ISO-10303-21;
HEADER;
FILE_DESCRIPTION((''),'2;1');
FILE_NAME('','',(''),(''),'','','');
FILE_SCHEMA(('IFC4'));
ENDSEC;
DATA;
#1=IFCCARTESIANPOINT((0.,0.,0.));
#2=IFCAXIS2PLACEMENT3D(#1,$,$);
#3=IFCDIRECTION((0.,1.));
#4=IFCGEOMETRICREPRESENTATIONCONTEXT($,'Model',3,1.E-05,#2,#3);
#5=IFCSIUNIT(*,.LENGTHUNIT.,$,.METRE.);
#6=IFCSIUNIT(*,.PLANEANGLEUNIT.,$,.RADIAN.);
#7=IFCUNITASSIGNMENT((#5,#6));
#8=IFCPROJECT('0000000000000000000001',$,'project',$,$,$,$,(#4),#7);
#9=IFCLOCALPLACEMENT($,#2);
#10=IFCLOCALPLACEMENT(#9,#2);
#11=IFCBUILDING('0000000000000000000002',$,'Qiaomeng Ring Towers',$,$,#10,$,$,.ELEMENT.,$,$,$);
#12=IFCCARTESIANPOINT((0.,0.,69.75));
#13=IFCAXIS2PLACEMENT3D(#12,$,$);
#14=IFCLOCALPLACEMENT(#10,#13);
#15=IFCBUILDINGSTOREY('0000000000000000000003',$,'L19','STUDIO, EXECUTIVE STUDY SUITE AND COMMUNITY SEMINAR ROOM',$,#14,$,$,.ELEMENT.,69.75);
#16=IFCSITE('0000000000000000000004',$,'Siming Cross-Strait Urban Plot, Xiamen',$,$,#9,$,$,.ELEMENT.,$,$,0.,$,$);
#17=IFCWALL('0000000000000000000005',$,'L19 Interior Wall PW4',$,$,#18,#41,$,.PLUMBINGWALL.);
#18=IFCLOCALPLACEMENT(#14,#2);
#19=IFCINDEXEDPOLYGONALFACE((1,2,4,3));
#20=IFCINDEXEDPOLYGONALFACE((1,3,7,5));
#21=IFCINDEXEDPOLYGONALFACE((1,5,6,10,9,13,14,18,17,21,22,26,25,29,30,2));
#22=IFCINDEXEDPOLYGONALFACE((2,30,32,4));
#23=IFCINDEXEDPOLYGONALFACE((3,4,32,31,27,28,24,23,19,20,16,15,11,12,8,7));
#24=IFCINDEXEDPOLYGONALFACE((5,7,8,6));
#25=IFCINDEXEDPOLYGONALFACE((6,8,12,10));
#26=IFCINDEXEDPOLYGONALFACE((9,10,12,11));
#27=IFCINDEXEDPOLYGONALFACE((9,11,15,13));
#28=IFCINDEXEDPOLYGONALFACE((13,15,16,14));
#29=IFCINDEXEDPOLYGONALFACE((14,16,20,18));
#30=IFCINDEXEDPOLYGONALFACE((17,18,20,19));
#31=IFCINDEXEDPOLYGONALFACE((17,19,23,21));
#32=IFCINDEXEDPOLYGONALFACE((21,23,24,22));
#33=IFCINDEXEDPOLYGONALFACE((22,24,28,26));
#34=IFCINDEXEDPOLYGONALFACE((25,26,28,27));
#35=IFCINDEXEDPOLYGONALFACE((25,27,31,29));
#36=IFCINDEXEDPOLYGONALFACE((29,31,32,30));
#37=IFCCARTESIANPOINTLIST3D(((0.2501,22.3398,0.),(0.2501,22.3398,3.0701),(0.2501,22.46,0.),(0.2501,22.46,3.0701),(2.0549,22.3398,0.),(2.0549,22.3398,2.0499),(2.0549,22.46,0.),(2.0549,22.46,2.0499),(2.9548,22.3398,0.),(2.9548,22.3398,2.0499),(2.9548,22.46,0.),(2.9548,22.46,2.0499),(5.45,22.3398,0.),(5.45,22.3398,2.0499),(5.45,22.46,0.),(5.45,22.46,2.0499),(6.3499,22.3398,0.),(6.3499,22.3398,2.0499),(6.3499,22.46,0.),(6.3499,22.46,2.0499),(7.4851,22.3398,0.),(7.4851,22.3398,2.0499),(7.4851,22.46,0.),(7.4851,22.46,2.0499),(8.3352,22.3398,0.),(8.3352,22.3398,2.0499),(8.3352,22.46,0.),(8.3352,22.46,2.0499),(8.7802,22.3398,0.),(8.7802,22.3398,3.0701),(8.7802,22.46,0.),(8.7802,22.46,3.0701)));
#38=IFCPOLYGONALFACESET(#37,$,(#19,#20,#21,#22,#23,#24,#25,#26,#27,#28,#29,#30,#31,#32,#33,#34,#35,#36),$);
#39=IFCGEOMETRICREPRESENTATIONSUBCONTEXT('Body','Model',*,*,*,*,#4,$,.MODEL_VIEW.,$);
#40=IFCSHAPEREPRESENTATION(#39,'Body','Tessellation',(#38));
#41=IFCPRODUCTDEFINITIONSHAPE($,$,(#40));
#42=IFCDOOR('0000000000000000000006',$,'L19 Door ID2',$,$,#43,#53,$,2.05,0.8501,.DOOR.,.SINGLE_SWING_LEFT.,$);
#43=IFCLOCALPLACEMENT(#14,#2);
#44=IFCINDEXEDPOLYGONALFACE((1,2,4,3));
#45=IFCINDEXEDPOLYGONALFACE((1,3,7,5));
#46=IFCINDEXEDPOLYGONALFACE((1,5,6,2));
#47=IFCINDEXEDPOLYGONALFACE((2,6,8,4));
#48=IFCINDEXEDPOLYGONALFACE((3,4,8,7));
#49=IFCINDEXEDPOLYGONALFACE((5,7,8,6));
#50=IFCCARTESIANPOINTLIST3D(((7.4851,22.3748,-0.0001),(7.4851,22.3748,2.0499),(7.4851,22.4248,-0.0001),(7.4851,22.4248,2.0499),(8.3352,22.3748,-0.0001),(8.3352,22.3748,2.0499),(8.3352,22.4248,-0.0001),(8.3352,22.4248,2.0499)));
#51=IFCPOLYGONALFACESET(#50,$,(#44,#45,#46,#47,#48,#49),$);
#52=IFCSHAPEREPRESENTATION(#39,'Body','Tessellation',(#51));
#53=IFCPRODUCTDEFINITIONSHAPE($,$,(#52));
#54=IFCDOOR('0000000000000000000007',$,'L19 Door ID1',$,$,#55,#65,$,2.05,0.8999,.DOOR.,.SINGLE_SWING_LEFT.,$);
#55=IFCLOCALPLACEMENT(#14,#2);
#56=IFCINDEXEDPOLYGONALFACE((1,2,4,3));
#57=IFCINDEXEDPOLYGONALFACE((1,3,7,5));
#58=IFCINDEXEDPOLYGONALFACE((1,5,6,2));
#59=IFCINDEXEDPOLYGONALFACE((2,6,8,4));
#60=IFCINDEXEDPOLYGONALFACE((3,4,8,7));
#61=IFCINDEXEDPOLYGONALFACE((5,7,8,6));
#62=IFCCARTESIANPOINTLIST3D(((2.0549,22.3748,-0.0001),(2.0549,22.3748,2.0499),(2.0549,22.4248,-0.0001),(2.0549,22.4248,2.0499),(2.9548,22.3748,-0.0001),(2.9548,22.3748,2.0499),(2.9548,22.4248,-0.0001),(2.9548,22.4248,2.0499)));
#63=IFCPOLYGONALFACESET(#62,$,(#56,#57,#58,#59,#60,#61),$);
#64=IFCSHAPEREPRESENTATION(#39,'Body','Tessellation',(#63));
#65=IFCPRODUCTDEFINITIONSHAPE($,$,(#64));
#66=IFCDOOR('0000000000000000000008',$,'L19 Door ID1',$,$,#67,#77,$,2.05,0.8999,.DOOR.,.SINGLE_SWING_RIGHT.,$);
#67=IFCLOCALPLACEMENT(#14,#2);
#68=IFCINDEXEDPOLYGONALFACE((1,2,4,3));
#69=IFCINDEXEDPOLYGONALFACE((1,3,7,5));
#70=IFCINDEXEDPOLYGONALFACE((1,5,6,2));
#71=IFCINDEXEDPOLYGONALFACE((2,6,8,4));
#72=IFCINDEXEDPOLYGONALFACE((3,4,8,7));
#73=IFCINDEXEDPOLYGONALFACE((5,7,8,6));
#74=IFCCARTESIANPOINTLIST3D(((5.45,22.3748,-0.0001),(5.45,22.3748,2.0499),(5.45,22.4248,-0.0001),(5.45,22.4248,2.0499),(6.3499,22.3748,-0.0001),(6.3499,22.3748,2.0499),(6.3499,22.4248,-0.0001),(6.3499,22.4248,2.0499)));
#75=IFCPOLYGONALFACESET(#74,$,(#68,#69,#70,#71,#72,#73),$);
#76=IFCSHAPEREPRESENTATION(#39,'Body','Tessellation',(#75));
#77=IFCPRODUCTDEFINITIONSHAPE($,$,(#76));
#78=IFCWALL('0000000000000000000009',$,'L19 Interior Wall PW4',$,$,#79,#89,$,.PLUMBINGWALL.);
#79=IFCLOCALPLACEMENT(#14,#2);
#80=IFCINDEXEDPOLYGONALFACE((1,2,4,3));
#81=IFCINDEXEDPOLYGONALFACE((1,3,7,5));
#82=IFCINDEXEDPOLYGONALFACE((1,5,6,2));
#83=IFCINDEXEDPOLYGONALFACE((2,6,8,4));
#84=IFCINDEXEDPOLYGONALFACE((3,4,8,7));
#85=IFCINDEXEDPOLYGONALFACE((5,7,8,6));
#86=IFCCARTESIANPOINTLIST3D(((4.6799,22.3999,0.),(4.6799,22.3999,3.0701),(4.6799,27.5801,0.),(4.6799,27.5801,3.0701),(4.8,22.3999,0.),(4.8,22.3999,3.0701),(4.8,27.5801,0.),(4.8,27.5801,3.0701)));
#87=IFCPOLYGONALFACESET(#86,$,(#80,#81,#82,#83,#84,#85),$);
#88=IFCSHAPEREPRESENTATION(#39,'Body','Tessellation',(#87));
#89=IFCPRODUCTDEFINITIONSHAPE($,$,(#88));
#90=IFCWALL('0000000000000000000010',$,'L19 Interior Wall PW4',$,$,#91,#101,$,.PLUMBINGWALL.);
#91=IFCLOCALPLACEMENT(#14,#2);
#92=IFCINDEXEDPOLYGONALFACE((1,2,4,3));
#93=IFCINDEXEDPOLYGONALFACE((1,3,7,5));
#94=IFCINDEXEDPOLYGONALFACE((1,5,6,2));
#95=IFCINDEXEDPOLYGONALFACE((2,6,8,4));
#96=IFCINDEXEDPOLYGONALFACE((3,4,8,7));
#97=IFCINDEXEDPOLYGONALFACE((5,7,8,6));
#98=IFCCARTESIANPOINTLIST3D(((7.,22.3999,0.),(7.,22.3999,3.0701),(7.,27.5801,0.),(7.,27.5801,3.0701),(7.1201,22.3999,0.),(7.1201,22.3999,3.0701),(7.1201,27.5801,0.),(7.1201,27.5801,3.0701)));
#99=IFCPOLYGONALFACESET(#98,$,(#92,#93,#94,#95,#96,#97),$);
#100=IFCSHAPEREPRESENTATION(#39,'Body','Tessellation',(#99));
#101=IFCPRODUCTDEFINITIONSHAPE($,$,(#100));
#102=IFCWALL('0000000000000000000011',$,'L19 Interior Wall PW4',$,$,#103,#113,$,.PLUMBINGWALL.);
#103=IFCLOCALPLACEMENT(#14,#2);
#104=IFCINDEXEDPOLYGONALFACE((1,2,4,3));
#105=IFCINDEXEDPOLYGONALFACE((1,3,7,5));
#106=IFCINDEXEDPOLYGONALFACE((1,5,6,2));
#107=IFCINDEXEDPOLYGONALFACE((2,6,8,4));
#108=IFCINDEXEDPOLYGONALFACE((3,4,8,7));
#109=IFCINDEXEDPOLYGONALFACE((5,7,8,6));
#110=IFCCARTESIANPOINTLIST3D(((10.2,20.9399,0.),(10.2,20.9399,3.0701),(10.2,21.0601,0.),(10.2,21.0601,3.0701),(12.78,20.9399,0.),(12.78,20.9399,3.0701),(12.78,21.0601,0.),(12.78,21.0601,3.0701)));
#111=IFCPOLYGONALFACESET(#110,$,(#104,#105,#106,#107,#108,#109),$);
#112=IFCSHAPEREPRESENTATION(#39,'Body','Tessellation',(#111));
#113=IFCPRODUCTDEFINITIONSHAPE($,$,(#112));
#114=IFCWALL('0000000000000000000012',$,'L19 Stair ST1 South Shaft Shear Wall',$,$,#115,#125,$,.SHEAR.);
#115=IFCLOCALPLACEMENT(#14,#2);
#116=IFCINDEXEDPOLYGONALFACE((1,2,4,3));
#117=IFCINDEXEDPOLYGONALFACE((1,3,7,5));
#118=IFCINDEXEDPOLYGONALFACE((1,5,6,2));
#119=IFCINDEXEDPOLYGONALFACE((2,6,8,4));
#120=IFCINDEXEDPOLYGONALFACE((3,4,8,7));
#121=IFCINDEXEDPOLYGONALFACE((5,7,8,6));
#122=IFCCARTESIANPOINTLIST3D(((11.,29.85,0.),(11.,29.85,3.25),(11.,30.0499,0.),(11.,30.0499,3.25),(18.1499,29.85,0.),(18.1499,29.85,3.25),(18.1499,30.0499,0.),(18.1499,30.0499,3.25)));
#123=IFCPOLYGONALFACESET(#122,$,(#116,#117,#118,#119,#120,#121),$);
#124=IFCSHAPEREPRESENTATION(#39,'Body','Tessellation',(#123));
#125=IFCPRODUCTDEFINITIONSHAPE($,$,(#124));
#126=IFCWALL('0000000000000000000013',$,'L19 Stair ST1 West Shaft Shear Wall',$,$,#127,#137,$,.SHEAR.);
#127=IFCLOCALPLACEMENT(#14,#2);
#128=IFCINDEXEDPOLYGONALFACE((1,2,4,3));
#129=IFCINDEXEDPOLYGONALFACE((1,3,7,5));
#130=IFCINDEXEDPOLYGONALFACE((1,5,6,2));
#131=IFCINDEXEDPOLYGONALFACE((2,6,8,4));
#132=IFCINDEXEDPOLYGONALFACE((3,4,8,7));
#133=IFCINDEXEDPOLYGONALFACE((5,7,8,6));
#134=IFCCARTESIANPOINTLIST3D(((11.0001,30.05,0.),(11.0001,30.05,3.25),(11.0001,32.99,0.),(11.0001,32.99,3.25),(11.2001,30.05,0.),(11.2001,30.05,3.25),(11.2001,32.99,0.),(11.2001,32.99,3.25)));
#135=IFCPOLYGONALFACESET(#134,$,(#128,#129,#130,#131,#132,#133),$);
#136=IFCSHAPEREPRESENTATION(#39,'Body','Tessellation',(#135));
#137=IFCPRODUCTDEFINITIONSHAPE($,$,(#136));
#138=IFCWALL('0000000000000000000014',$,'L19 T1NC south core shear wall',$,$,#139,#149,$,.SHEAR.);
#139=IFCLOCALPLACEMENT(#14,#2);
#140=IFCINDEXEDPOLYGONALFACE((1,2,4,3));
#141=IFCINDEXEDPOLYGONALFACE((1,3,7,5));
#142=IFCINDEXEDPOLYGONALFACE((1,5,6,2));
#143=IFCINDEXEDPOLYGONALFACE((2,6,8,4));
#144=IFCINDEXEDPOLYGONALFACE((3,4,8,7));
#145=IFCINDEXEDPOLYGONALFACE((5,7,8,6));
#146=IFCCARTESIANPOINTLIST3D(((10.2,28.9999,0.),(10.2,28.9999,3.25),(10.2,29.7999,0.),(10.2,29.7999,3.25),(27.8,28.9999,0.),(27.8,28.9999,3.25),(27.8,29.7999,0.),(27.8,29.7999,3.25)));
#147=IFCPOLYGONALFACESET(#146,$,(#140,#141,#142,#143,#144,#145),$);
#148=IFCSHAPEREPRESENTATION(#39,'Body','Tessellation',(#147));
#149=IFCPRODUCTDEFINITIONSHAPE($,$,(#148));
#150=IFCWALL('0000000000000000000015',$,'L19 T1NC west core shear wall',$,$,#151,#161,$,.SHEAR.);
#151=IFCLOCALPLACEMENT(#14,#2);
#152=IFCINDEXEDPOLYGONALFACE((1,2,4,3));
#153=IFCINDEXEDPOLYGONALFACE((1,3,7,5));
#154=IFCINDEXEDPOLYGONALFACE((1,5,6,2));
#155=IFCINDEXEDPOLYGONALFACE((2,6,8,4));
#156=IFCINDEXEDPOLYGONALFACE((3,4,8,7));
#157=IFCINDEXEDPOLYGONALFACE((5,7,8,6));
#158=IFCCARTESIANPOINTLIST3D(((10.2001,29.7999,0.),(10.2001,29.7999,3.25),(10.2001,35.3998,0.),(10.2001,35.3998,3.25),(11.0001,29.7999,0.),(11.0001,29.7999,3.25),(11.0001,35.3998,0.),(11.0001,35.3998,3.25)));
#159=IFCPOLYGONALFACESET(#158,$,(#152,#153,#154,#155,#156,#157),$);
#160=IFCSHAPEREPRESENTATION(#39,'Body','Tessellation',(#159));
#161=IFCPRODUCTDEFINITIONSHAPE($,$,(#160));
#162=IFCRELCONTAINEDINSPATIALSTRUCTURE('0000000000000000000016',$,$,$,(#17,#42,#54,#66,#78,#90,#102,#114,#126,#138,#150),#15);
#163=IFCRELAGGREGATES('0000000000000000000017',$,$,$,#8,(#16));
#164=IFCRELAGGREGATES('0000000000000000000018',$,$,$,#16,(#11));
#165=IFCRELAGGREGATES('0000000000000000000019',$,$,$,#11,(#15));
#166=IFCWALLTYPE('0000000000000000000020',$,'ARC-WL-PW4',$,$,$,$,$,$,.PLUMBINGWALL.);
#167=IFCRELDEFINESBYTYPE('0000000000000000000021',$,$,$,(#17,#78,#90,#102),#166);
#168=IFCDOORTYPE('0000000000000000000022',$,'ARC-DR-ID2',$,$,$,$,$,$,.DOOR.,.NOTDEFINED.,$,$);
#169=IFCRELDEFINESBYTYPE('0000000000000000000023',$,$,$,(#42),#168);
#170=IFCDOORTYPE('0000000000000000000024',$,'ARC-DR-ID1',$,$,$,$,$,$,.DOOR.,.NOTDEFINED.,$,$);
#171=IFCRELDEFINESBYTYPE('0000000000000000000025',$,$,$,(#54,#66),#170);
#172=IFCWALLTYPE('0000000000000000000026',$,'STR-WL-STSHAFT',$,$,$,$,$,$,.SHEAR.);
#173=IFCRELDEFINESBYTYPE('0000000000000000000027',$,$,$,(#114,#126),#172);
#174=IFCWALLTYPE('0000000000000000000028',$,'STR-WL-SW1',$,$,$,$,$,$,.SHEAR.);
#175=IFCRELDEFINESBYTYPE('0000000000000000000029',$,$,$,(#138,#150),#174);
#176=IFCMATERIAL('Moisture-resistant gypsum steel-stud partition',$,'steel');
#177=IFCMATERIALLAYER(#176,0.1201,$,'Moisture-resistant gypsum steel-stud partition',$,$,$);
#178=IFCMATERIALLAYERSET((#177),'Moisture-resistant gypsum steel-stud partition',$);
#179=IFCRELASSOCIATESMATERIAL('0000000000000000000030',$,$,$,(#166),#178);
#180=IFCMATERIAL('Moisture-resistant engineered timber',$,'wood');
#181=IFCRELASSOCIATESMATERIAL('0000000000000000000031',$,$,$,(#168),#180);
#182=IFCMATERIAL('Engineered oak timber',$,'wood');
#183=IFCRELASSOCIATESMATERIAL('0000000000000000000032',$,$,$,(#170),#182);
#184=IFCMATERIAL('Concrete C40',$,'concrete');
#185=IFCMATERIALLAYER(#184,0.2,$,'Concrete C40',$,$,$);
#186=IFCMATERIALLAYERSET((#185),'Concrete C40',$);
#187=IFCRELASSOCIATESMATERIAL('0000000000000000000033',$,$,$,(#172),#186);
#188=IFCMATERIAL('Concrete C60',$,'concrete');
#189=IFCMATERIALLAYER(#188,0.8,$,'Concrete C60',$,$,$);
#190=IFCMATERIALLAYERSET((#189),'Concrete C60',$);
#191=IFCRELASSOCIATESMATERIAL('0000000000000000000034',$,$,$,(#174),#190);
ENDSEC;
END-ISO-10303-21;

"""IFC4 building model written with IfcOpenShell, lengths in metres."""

from ifc_helpers import new_model, si_unit, direction, frame, frame_2d, origin, place, context, subcontext, project, spatial, rectangle, extrude, source, transform, mapped, material, layer, layer_set, type_object, element, fill, save


model = new_model("IFC4")

# Units and contexts
model_context = context("Model", 3, precision=1e-05, world=origin(), true_north=direction((0.0, 1.0)))
body_context = subcontext(model_context, "Body", "Model", "MODEL_VIEW")
ifc_project = project(units=[si_unit("LENGTHUNIT", "METRE"), si_unit("PLANEANGLEUNIT", "RADIAN")], contexts=[model_context])

# Site, building, storey
site_placement = place(None, origin())
site = spatial("IfcSite", under=ifc_project, at=site_placement, Name="Siming Cross-Strait Urban Plot, Xiamen", CompositionType="ELEMENT", RefElevation=0.0)
building_placement = place(site_placement, origin())
building = spatial("IfcBuilding", under=site, at=building_placement, Name="Qiaomeng Ring Towers", CompositionType="ELEMENT")
storey_placement = place(building_placement, frame((0.0, 0.0, 69.75)))
storey = spatial("IfcBuildingStorey", under=building, at=storey_placement, Name="L19", Description="STUDIO, EXECUTIVE STUDY SUITE AND COMMUNITY SEMINAR ROOM", CompositionType="ELEMENT", Elevation=69.75)

# Shared definitions
ifc_material_1 = material(Name="Concrete C60", Category="concrete")

# Wall, openings, doors
ifc_material_2 = material(Name="Moisture-resistant gypsum steel-stud partition", Category="steel")
ifc_layer_1 = layer(ifc_material_2, 0.1201, Name="Moisture-resistant gypsum steel-stud partition")
ifc_layer_set_1 = layer_set([ifc_layer_1], Name="Moisture-resistant gypsum steel-stud partition")
wall_type_1 = type_object("IfcWallType", Name="ARC-WL-PW4", PredefinedType="PLUMBINGWALL", material=ifc_layer_set_1)
wall_1_placement = place(storey_placement, frame((0.25, 22.3999, 0.0), z_axis=(0.0, 0.0, 1.0), x_axis=(1.0, 0.0, 0.0)))
wall_1 = element("IfcWall", 1, at=wall_1_placement, inside=storey, type_object=wall_type_1, Name="L19 Interior Wall PW4", PredefinedType="PLUMBINGWALL", context=body_context, shape_type="SweptSolid", body=[
    extrude(rectangle(XDim=8.53, YDim=0.1201, at=frame_2d((4.2651, 0.0))), origin(), (0.0, 0.0, 1.0), 3.0701),
])
opening_1_placement = place(wall_1_placement, frame((1.8049, 0.0, 0.0)))
opening_1 = element("IfcOpeningElement", 2, at=opening_1_placement, cuts=wall_1, PredefinedType="OPENING", context=body_context, shape_type="SweptSolid", body=[
    extrude(rectangle(XDim=0.8999, YDim=2.05, at=frame_2d((0.45, 1.0249))), frame((0.0, 0.0701, 0.0), z_axis=(0.0, -1.0, 0.0), x_axis=(1.0, 0.0, 0.0)), (0.0, 0.0, 1.0), 0.1401),
])
opening_2_placement = place(wall_1_placement, frame((5.2, 0.0, 0.0)))
opening_2 = element("IfcOpeningElement", 3, at=opening_2_placement, cuts=wall_1, PredefinedType="OPENING", context=body_context, shape_type="SweptSolid", body=[
    extrude(rectangle(XDim=0.8999, YDim=2.05, at=frame_2d((0.45, 1.0249))), frame((0.0, 0.0701, 0.0), z_axis=(0.0, -1.0, 0.0), x_axis=(1.0, 0.0, 0.0)), (0.0, 0.0, 1.0), 0.1401),
])
opening_3_placement = place(wall_1_placement, frame((7.2351, 0.0, 0.0)))
opening_3 = element("IfcOpeningElement", 4, at=opening_3_placement, cuts=wall_1, PredefinedType="OPENING", context=body_context, shape_type="SweptSolid", body=[
    extrude(rectangle(XDim=0.8501, YDim=2.05, at=frame_2d((0.425, 1.0249))), frame((0.0, 0.0701, 0.0), z_axis=(0.0, -1.0, 0.0), x_axis=(1.0, 0.0, 0.0)), (0.0, 0.0, 1.0), 0.1401),
])
ifc_material_3 = material(Name="Moisture-resistant engineered timber", Category="wood")
door_type_1 = type_object("IfcDoorType", Name="ARC-DR-ID2", OperationType="NOTDEFINED", PredefinedType="DOOR", material=ifc_material_3)
shared_shape_1 = source(origin(), body_context, "Body", "SweptSolid", [
    extrude(rectangle(XDim=0.8501, YDim=2.05, at=frame_2d((0.425, 1.0249))), frame((0.0, 0.0249, 0.0), z_axis=(0.0, -1.0, 0.0), x_axis=(1.0, 0.0, 0.0)), (0.0, 0.0, 1.0), 0.05),
])
door_1_placement = place(opening_3_placement, origin())
door_1 = element("IfcDoor", 5, at=door_1_placement, inside=storey, type_object=door_type_1, Name="L19 Door ID2", OperationType="SINGLE_SWING_LEFT", OverallHeight=2.05, OverallWidth=0.8501, PredefinedType="DOOR", context=body_context, shape_type="MappedRepresentation", body=[
    mapped(shared_shape_1, transform((0.0, 0.0, 0.0), x_axis=(1.0, 0.0, 0.0), y_axis=(0.0, 1.0, 0.0), z_axis=(0.0, 0.0, 1.0), scale=1.0)),
])
fill(opening_3, door_1)
ifc_material_4 = material(Name="Engineered oak timber", Category="wood")
door_type_2 = type_object("IfcDoorType", Name="ARC-DR-ID1", OperationType="NOTDEFINED", PredefinedType="DOOR", material=ifc_material_4)
shared_shape_2 = source(origin(), body_context, "Body", "SweptSolid", [
    extrude(rectangle(XDim=0.8999, YDim=2.05, at=frame_2d((0.45, 1.0249))), frame((0.0, 0.0249, 0.0), z_axis=(0.0, -1.0, 0.0), x_axis=(1.0, 0.0, 0.0)), (0.0, 0.0, 1.0), 0.05),
])
door_2_placement = place(opening_1_placement, origin())
door_2 = element("IfcDoor", 6, at=door_2_placement, inside=storey, type_object=door_type_2, Name="L19 Door ID1", OperationType="SINGLE_SWING_LEFT", OverallHeight=2.05, OverallWidth=0.8999, PredefinedType="DOOR", context=body_context, shape_type="MappedRepresentation", body=[
    mapped(shared_shape_2, transform((0.0, 0.0, 0.0), x_axis=(1.0, 0.0, 0.0), y_axis=(0.0, 1.0, 0.0), z_axis=(0.0, 0.0, 1.0), scale=1.0)),
])
fill(opening_1, door_2)
door_3_placement = place(opening_2_placement, origin())
door_3 = element("IfcDoor", 7, at=door_3_placement, inside=storey, type_object=door_type_2, Name="L19 Door ID1", OperationType="SINGLE_SWING_RIGHT", OverallHeight=2.05, OverallWidth=0.8999, PredefinedType="DOOR", context=body_context, shape_type="MappedRepresentation", body=[
    mapped(shared_shape_2, transform((0.0, 0.0, 0.0), x_axis=(1.0, 0.0, 0.0), y_axis=(0.0, 1.0, 0.0), z_axis=(0.0, 0.0, 1.0), scale=1.0)),
])
fill(opening_2, door_3)

# Walls
for number, where, z_axis, x_axis, name in (
    (8, (4.74, 22.3999, 0.0), (0.0, 0.0, 1.0), (0.0, 1.0, 0.0), "L19 Interior Wall PW4"),
    (9, (7.0601, 22.3999, 0.0), (0.0, 0.0, 1.0), (0.0, 1.0, 0.0), "L19 Interior Wall PW4"),
):
    element("IfcWall", number, at=place(storey_placement, frame(where, z_axis=z_axis, x_axis=x_axis)), inside=storey, type_object=wall_type_1, Name=name, PredefinedType="PLUMBINGWALL", context=body_context, shape_type="SweptSolid", body=[
        extrude(rectangle(XDim=5.1802, YDim=0.1201, at=frame_2d((2.5901, 0.0))), origin(), (0.0, 0.0, 1.0), 3.0701),
    ])
wall_2_placement = place(storey_placement, frame((10.2, 21.0, 0.0), z_axis=(0.0, 0.0, 1.0), x_axis=(1.0, 0.0, 0.0)))
element("IfcWall", 10, at=wall_2_placement, inside=storey, type_object=wall_type_1, Name="L19 Interior Wall PW4", PredefinedType="PLUMBINGWALL", context=body_context, shape_type="SweptSolid", body=[
    extrude(rectangle(XDim=2.5801, YDim=0.1201, at=frame_2d((1.29, 0.0))), origin(), (0.0, 0.0, 1.0), 3.0701),
])
ifc_material_5 = material(Name="Concrete C40", Category="concrete")
ifc_layer_2 = layer(ifc_material_5, 0.2, Name="Concrete C40")
ifc_layer_set_2 = layer_set([ifc_layer_2], Name="Concrete C40")
wall_type_2 = type_object("IfcWallType", Name="STR-WL-STSHAFT", PredefinedType="SHEAR", material=ifc_layer_set_2)
wall_3_placement = place(storey_placement, frame((11.0, 29.95, 0.0), z_axis=(0.0, 0.0, 1.0), x_axis=(1.0, 0.0, 0.0)))
element("IfcWall", 11, at=wall_3_placement, inside=storey, type_object=wall_type_2, Name="L19 Stair ST1 South Shaft Shear Wall", PredefinedType="SHEAR", context=body_context, shape_type="SweptSolid", body=[
    extrude(rectangle(XDim=7.1499, YDim=0.2, at=frame_2d((3.575, 0.0))), origin(), (0.0, 0.0, 1.0), 3.25),
])
wall_4_placement = place(storey_placement, frame((11.1001, 30.05, 0.0), z_axis=(0.0, 0.0, 1.0), x_axis=(0.0, 1.0, 0.0)))
element("IfcWall", 12, at=wall_4_placement, inside=storey, type_object=wall_type_2, Name="L19 Stair ST1 West Shaft Shear Wall", PredefinedType="SHEAR", context=body_context, shape_type="SweptSolid", body=[
    extrude(rectangle(XDim=2.9399, YDim=0.2, at=frame_2d((1.47, 0.0))), origin(), (0.0, 0.0, 1.0), 3.25),
])
ifc_layer_3 = layer(ifc_material_1, 0.8, Name="Concrete C60")
ifc_layer_set_3 = layer_set([ifc_layer_3], Name="Concrete C60")
wall_type_3 = type_object("IfcWallType", Name="STR-WL-SW1", PredefinedType="SHEAR", material=ifc_layer_set_3)
wall_5_placement = place(storey_placement, frame((10.2, 29.3999, 0.0), z_axis=(0.0, 0.0, 1.0), x_axis=(1.0, 0.0, 0.0)))
element("IfcWall", 13, at=wall_5_placement, inside=storey, type_object=wall_type_3, Name="L19 T1NC south core shear wall", PredefinedType="SHEAR", context=body_context, shape_type="SweptSolid", body=[
    extrude(rectangle(XDim=17.6001, YDim=0.8, at=frame_2d((8.8, 0.0))), origin(), (0.0, 0.0, 1.0), 3.25),
])
wall_6_placement = place(storey_placement, frame((10.6001, 29.8, 0.0), z_axis=(0.0, 0.0, 1.0), x_axis=(0.0, 1.0, 0.0)))
element("IfcWall", 14, at=wall_6_placement, inside=storey, type_object=wall_type_3, Name="L19 T1NC west core shear wall", PredefinedType="SHEAR", context=body_context, shape_type="SweptSolid", body=[
    extrude(rectangle(XDim=5.5999, YDim=0.8, at=frame_2d((2.7998, 0.0))), origin(), (0.0, 0.0, 1.0), 3.25),
])

save(model, "model.ifc")
